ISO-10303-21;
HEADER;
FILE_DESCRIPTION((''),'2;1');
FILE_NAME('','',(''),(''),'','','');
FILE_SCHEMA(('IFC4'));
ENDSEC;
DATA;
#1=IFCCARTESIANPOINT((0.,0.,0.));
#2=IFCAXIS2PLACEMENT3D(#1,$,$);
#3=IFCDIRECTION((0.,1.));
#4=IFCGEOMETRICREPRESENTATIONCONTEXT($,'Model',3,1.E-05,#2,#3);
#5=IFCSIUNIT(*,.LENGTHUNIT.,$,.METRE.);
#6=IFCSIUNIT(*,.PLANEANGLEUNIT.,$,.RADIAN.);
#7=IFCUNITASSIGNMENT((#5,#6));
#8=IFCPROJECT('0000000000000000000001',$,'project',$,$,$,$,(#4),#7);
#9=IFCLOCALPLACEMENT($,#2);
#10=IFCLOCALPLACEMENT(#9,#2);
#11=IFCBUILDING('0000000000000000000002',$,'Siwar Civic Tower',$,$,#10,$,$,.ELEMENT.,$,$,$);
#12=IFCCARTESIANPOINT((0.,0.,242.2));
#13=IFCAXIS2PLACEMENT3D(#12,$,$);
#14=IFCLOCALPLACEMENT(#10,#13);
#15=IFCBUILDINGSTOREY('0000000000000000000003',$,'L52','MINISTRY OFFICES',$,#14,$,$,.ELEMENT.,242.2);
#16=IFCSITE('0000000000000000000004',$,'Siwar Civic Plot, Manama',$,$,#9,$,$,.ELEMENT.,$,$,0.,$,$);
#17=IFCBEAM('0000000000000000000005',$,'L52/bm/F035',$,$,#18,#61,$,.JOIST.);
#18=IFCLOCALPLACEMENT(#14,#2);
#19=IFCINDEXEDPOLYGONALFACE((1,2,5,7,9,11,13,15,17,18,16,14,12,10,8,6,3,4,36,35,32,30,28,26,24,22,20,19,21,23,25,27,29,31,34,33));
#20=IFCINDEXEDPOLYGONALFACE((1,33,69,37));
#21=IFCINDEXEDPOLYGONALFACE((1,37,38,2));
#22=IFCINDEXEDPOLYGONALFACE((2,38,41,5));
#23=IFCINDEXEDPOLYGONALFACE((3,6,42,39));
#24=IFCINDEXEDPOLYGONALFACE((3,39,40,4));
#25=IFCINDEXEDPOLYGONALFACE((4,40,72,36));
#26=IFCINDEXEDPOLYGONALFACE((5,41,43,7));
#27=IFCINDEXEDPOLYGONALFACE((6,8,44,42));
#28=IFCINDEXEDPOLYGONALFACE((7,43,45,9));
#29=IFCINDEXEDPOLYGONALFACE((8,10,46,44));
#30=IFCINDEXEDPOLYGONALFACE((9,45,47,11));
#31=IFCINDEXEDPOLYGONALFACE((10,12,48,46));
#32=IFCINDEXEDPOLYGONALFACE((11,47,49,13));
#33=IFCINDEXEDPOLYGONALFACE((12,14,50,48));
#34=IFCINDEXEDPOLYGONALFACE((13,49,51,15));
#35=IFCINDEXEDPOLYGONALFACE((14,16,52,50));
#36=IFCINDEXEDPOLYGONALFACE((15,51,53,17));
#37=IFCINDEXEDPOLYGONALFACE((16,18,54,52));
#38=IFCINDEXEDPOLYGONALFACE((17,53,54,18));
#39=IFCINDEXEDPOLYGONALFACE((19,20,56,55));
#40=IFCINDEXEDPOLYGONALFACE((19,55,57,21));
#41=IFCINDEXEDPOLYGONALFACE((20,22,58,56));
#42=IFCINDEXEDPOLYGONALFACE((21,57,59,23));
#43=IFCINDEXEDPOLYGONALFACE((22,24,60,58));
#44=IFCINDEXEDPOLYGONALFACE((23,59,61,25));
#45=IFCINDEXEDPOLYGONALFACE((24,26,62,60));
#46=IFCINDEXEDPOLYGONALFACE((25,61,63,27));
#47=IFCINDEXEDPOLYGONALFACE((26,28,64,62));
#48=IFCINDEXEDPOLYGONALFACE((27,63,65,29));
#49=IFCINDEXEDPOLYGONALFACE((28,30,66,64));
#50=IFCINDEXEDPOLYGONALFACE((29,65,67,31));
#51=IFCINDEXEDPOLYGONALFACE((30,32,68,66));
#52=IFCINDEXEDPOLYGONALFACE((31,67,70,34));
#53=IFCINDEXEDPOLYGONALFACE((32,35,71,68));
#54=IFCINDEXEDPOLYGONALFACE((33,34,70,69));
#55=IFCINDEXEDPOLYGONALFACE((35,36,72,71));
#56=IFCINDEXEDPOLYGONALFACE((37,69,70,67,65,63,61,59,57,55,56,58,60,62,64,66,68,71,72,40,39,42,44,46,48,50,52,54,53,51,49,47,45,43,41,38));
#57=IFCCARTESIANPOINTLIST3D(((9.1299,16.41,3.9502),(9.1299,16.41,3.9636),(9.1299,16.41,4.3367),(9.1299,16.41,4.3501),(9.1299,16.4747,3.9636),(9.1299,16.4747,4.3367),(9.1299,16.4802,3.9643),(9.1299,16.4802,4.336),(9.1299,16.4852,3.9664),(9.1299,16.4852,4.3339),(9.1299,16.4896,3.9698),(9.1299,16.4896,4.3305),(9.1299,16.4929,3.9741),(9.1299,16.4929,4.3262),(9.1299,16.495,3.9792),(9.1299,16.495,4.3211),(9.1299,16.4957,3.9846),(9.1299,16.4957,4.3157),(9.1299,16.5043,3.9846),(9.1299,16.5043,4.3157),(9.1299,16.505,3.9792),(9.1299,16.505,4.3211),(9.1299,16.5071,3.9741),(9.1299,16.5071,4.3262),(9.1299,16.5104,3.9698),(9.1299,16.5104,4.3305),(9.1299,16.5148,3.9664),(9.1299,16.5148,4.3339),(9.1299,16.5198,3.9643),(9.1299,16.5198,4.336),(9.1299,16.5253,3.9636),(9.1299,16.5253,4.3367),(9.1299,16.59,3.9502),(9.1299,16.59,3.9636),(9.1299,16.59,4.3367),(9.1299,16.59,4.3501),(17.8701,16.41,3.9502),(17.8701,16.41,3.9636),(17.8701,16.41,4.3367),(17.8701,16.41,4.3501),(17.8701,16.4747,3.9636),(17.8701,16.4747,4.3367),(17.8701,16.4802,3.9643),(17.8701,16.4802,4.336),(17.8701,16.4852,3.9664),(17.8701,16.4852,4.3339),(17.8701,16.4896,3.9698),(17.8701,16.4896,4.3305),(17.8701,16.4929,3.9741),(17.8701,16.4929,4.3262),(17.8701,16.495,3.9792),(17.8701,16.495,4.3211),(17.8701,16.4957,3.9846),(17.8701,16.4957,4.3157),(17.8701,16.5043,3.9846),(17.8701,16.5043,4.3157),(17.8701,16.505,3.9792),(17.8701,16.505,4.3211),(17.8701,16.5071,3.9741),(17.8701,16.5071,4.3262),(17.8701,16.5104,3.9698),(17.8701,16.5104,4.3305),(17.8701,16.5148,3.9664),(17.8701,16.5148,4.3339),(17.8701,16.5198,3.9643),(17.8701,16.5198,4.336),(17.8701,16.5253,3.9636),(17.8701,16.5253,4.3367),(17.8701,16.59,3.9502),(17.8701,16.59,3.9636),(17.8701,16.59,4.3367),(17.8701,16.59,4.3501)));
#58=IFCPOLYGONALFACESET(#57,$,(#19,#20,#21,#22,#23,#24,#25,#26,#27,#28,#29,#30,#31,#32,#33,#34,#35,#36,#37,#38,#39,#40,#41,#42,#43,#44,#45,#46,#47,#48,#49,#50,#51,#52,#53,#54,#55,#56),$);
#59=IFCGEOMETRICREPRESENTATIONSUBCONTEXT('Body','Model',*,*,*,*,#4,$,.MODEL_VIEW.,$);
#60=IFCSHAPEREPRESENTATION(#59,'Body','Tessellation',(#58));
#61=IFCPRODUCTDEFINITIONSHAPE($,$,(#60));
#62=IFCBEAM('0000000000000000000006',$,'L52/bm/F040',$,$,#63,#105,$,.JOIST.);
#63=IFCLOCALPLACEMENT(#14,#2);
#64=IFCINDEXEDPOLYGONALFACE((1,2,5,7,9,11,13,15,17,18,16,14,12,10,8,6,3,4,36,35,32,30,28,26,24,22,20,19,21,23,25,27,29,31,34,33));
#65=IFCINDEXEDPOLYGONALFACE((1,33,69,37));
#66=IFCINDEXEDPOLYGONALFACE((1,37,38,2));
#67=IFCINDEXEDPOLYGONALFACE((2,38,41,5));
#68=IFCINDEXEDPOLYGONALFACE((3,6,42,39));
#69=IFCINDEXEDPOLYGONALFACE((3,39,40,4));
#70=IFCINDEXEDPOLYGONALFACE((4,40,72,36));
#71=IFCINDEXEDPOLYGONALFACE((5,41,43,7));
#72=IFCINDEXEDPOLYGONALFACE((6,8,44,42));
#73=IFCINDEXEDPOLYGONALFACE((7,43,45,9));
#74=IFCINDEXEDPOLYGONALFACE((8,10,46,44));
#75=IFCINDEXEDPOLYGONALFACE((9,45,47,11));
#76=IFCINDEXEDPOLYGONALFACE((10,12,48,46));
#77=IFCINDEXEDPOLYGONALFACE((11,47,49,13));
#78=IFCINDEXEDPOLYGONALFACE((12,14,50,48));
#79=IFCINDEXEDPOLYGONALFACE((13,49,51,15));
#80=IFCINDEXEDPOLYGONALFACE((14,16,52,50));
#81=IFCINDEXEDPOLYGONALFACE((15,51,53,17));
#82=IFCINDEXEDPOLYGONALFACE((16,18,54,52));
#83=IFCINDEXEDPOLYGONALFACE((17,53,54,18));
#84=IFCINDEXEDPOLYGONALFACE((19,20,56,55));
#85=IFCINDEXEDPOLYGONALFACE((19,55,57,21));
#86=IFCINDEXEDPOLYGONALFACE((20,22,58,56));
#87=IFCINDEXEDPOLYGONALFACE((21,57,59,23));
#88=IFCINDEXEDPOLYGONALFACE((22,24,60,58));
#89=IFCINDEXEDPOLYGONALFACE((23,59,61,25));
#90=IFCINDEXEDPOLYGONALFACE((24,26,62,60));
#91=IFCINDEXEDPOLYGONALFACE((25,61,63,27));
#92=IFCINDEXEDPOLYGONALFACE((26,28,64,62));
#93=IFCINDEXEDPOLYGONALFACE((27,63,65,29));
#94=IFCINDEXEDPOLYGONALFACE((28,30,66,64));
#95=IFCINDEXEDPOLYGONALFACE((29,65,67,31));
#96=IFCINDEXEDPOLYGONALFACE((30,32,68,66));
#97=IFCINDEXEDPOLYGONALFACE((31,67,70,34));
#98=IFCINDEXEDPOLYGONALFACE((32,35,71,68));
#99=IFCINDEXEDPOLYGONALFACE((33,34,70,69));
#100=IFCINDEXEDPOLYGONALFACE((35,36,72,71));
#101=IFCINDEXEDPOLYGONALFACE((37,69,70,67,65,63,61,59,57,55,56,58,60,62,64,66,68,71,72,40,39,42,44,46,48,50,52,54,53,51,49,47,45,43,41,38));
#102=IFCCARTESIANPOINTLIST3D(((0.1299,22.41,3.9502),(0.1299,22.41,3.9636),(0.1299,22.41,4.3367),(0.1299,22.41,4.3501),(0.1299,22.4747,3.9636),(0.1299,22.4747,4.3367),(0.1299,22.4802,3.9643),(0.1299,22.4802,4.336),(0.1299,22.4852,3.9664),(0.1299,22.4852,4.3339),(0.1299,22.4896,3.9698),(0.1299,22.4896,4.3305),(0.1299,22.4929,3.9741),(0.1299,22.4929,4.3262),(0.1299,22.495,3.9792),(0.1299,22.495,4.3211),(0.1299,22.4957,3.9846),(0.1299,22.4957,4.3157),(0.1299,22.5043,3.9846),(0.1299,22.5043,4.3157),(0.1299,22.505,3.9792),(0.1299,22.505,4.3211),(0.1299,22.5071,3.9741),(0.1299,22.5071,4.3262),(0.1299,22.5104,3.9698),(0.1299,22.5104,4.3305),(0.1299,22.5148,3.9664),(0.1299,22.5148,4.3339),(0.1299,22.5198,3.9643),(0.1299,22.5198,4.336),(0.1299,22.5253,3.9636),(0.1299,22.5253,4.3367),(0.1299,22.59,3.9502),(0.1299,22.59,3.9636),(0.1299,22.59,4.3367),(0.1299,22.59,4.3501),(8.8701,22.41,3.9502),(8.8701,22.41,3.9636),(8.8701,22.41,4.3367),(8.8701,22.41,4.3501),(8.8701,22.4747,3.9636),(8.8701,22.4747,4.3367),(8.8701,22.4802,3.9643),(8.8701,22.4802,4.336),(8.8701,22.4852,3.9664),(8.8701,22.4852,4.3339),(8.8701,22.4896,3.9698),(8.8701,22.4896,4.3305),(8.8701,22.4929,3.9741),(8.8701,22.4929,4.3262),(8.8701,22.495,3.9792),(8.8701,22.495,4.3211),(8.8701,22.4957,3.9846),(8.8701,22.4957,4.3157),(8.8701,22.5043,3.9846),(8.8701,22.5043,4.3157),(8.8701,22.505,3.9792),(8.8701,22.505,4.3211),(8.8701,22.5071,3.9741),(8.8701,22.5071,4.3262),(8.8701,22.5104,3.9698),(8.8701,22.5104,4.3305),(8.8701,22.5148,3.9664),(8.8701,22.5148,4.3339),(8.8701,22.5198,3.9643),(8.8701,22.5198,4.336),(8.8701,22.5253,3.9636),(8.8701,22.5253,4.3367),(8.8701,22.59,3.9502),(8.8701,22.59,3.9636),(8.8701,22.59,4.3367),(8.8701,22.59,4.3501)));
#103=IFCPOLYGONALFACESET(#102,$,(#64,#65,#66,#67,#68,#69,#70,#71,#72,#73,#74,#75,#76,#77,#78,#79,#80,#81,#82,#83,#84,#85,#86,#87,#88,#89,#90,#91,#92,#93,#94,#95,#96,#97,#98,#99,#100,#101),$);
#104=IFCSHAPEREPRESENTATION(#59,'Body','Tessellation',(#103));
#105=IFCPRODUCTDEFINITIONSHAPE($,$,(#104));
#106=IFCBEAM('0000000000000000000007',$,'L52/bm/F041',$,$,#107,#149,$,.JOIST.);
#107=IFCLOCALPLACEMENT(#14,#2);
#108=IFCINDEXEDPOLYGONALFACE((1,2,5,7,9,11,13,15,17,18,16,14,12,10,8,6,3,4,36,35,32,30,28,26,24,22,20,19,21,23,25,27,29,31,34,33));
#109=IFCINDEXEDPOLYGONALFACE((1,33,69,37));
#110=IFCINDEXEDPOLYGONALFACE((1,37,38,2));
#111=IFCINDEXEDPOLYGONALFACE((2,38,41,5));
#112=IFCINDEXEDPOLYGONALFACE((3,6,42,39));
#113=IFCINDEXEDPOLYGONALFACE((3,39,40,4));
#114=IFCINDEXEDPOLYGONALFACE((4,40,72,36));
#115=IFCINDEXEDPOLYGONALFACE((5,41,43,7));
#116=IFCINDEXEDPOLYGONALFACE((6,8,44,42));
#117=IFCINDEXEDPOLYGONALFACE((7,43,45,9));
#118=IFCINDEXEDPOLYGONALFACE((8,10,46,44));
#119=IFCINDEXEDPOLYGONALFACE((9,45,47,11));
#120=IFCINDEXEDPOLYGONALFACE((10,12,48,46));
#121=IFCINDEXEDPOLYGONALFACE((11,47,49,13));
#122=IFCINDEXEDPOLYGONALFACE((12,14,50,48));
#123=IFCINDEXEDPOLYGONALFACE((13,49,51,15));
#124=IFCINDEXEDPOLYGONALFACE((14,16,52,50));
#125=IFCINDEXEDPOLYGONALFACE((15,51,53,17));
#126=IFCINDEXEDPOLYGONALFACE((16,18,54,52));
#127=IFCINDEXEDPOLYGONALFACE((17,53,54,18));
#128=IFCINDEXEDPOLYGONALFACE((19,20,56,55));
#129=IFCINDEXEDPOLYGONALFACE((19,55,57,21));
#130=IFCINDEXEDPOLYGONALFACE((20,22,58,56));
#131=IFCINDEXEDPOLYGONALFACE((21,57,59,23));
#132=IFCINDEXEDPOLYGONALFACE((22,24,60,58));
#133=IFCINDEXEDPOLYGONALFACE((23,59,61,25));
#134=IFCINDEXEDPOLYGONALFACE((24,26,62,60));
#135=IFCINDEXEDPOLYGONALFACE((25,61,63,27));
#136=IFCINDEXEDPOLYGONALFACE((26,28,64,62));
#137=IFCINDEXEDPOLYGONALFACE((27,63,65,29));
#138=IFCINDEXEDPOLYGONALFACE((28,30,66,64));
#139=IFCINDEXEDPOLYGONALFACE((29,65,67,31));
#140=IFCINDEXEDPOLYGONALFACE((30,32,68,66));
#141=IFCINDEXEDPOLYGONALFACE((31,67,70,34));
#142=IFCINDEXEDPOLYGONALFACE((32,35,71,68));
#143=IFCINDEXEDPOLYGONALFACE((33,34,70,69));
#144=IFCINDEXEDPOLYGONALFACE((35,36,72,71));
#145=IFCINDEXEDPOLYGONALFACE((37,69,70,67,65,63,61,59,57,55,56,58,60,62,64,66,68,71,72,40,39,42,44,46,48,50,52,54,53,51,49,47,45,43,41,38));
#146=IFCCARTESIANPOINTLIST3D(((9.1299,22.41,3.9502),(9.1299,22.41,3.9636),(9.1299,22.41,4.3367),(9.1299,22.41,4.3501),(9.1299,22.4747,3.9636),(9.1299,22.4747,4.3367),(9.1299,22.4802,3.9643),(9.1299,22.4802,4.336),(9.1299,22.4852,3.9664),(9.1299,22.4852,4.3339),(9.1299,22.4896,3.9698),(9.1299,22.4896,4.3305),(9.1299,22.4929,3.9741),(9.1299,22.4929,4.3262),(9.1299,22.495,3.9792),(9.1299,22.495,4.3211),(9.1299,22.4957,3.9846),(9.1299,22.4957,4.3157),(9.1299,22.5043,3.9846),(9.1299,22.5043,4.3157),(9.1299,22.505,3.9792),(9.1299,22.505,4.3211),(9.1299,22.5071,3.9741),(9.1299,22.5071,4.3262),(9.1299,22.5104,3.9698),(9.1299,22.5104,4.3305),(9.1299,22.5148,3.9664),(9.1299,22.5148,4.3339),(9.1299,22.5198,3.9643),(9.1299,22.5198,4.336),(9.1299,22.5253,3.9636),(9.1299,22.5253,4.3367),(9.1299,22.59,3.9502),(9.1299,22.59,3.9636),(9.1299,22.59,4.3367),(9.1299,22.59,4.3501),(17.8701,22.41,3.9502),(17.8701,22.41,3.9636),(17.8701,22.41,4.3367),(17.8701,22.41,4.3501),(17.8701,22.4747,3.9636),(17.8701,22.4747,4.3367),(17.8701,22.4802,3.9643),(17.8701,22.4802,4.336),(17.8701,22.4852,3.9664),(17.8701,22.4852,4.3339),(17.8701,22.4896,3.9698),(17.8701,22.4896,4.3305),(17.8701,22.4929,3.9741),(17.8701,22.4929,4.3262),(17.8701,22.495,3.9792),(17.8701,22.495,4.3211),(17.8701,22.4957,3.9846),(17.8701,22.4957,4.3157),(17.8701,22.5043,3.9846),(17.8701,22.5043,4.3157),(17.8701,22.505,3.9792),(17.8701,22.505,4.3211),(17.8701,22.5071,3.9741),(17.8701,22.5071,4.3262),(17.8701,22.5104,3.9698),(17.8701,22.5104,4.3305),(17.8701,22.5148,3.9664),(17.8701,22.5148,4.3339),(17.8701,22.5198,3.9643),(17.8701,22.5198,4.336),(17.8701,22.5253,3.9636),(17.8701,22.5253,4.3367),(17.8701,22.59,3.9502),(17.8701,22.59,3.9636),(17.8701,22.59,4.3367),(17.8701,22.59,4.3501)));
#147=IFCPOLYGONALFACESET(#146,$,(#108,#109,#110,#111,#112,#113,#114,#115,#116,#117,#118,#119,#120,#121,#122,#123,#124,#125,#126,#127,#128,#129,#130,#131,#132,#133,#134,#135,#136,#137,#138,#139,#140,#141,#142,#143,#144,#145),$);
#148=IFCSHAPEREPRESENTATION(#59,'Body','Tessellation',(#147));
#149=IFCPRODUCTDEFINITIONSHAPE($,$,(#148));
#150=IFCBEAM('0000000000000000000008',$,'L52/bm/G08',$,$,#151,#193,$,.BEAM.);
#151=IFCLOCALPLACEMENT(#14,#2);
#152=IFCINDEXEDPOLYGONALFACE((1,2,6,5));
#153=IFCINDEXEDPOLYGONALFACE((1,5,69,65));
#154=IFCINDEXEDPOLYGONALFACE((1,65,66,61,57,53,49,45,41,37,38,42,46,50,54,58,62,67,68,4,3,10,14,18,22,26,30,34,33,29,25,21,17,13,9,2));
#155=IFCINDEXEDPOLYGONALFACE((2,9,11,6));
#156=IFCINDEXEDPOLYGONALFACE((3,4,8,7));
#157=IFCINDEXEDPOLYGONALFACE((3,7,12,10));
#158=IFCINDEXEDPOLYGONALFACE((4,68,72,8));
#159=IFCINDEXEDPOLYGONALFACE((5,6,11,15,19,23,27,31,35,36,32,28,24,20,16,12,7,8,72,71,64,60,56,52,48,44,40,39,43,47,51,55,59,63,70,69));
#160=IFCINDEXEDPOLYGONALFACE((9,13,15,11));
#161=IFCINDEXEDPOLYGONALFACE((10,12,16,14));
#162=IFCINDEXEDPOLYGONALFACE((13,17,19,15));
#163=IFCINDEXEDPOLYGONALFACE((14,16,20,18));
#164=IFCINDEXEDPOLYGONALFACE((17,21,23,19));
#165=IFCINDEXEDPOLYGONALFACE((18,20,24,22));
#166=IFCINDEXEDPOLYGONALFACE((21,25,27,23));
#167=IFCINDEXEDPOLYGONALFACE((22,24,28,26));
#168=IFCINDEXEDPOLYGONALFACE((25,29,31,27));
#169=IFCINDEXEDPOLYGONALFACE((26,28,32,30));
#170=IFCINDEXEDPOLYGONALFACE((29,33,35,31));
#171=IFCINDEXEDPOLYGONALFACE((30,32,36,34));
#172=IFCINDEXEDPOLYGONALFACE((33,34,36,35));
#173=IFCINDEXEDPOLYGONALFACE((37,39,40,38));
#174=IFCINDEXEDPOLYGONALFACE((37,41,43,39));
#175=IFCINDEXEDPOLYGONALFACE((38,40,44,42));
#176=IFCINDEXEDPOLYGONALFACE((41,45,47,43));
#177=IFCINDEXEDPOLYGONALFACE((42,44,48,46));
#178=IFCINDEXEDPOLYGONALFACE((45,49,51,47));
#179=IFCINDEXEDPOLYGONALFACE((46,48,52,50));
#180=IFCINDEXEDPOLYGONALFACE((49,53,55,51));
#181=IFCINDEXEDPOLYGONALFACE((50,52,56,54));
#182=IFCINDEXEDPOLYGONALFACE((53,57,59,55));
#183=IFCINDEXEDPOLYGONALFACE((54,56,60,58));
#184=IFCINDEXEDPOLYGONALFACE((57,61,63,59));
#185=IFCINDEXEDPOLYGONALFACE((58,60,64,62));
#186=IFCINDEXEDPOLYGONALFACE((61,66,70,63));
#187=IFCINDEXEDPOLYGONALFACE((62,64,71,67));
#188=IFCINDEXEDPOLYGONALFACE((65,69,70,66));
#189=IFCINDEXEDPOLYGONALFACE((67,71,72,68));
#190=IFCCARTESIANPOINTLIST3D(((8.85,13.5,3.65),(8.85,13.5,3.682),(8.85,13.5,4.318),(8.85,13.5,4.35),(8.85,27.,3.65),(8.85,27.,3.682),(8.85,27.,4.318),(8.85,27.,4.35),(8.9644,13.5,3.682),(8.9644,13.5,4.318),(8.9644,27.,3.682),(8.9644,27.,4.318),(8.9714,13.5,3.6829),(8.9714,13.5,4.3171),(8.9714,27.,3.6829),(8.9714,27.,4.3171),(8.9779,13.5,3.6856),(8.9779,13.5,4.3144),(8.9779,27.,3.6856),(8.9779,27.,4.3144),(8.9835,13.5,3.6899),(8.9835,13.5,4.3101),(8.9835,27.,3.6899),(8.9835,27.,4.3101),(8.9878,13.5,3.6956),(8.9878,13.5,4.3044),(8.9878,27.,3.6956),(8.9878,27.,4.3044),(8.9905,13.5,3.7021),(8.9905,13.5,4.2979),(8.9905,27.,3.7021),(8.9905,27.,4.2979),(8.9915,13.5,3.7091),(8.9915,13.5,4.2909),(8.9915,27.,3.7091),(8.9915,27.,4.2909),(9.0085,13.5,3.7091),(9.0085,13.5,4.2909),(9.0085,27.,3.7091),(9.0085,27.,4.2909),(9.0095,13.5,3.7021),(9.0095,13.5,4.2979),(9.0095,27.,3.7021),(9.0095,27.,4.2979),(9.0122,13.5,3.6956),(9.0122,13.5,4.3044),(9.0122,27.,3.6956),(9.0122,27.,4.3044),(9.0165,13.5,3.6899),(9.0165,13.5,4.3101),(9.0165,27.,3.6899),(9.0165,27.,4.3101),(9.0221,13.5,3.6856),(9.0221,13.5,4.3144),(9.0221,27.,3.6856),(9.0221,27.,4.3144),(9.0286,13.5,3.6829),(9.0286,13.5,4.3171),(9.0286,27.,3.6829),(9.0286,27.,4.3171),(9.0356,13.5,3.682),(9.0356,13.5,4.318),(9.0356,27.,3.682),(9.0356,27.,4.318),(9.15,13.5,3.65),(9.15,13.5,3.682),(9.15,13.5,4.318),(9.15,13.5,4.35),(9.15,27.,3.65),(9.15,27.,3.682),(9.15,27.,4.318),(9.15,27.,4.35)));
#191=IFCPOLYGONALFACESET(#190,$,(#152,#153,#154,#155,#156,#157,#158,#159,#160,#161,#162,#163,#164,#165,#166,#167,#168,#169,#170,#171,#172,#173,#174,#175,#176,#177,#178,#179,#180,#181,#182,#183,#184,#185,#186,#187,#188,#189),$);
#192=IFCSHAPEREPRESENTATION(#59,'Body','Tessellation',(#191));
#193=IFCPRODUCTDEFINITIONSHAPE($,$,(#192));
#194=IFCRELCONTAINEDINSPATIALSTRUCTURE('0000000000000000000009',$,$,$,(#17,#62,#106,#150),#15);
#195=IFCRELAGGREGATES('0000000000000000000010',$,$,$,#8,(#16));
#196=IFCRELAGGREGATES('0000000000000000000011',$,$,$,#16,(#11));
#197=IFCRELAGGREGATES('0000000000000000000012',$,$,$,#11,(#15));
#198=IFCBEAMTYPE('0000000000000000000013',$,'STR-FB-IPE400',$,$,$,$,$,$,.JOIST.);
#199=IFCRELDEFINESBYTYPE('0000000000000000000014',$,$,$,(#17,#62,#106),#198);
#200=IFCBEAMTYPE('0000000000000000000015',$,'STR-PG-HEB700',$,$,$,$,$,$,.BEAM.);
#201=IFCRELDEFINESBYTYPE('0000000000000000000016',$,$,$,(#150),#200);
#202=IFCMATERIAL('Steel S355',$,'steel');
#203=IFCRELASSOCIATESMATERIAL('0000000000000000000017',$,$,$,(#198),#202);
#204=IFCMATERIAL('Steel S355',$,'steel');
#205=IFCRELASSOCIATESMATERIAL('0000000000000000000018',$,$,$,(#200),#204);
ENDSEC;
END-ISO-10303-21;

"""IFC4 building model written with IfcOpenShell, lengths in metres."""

from ifc_helpers import new_model, si_unit, direction, frame, origin, origin_2d, place, context, subcontext, project, spatial, i_section, extrude, material, material_profile, profile_set, type_object, element, save


model = new_model("IFC4")

# Units and contexts
model_context = context("Model", 3, precision=1e-05, world=origin(), true_north=direction((0.0, 1.0)))
body_context = subcontext(model_context, "Body", "Model", "MODEL_VIEW")
ifc_project = project(units=[si_unit("LENGTHUNIT", "METRE"), si_unit("PLANEANGLEUNIT", "RADIAN")], contexts=[model_context])

# Site, building, storey
site_placement = place(None, origin())
site = spatial("IfcSite", under=ifc_project, at=site_placement, Name="Siwar Civic Plot, Manama", CompositionType="ELEMENT", RefElevation=0.0)
building_placement = place(site_placement, origin())
building = spatial("IfcBuilding", under=site, at=building_placement, Name="Siwar Civic Tower", CompositionType="ELEMENT")
storey_placement = place(building_placement, frame((0.0, 0.0, 242.2)))
storey = spatial("IfcBuildingStorey", under=building, at=storey_placement, Name="L52", Description="MINISTRY OFFICES", CompositionType="ELEMENT", Elevation=242.2)

# Beams
ifc_material_1 = material(Name="Steel S355", Category="steel")
ifc_material_profile_1 = material_profile(ifc_material_1, i_section(OverallWidth=0.1799, OverallDepth=0.3999, WebThickness=0.0085, FlangeThickness=0.0134, FilletRadius=0.021, at=origin_2d()), Name="IPE400")
ifc_profile_set_1 = profile_set([ifc_material_profile_1], Name="Steel S355")
beam_type_1 = type_object("IfcBeamType", Name="STR-FB-IPE400", PredefinedType="JOIST", material=ifc_profile_set_1)
for number, where, z_axis, x_axis, name in (
    (1, (9.1299, 16.5, 4.1501), (1.0, 0.0, 0.0), (0.0, 1.0, 0.0), "L52/bm/F035"),
    (2, (0.1299, 22.5, 4.1501), (1.0, 0.0, 0.0), (0.0, 1.0, 0.0), "L52/bm/F040"),
    (3, (9.1299, 22.5, 4.1501), (1.0, 0.0, 0.0), (0.0, 1.0, 0.0), "L52/bm/F041"),
):
    element("IfcBeam", number, at=place(storey_placement, frame(where, z_axis=z_axis, x_axis=x_axis)), inside=storey, type_object=beam_type_1, Name=name, PredefinedType="JOIST", context=body_context, shape_type="SweptSolid", body=[
        extrude(i_section(OverallWidth=0.1799, OverallDepth=0.3999, WebThickness=0.0085, FlangeThickness=0.0134, FilletRadius=0.021, at=origin_2d()), origin(), (0.0, 0.0, 1.0), 8.7402),
    ])
ifc_material_2 = material(Name="Steel S355", Category="steel")
ifc_material_profile_2 = material_profile(ifc_material_2, i_section(OverallWidth=0.3, OverallDepth=0.7, WebThickness=0.0171, FlangeThickness=0.032, FilletRadius=0.0271, at=origin_2d()), Name="HEB700")
ifc_profile_set_2 = profile_set([ifc_material_profile_2], Name="Steel S355")
beam_type_2 = type_object("IfcBeamType", Name="STR-PG-HEB700", PredefinedType="BEAM", material=ifc_profile_set_2)
for number, where, z_axis, x_axis, name in (
    (4, (9.0, 13.5, 4.0), (0.0, 1.0, 0.0), (-1.0, 0.0, 0.0), "L52/bm/G08"),
):
    element("IfcBeam", number, at=place(storey_placement, frame(where, z_axis=z_axis, x_axis=x_axis)), inside=storey, type_object=beam_type_2, Name=name, PredefinedType="BEAM", context=body_context, shape_type="SweptSolid", body=[
        extrude(i_section(OverallWidth=0.3, OverallDepth=0.7, WebThickness=0.0171, FlangeThickness=0.032, FilletRadius=0.0271, at=origin_2d()), origin(), (0.0, 0.0, 1.0), 13.5),
    ])

save(model, "model.ifc")
